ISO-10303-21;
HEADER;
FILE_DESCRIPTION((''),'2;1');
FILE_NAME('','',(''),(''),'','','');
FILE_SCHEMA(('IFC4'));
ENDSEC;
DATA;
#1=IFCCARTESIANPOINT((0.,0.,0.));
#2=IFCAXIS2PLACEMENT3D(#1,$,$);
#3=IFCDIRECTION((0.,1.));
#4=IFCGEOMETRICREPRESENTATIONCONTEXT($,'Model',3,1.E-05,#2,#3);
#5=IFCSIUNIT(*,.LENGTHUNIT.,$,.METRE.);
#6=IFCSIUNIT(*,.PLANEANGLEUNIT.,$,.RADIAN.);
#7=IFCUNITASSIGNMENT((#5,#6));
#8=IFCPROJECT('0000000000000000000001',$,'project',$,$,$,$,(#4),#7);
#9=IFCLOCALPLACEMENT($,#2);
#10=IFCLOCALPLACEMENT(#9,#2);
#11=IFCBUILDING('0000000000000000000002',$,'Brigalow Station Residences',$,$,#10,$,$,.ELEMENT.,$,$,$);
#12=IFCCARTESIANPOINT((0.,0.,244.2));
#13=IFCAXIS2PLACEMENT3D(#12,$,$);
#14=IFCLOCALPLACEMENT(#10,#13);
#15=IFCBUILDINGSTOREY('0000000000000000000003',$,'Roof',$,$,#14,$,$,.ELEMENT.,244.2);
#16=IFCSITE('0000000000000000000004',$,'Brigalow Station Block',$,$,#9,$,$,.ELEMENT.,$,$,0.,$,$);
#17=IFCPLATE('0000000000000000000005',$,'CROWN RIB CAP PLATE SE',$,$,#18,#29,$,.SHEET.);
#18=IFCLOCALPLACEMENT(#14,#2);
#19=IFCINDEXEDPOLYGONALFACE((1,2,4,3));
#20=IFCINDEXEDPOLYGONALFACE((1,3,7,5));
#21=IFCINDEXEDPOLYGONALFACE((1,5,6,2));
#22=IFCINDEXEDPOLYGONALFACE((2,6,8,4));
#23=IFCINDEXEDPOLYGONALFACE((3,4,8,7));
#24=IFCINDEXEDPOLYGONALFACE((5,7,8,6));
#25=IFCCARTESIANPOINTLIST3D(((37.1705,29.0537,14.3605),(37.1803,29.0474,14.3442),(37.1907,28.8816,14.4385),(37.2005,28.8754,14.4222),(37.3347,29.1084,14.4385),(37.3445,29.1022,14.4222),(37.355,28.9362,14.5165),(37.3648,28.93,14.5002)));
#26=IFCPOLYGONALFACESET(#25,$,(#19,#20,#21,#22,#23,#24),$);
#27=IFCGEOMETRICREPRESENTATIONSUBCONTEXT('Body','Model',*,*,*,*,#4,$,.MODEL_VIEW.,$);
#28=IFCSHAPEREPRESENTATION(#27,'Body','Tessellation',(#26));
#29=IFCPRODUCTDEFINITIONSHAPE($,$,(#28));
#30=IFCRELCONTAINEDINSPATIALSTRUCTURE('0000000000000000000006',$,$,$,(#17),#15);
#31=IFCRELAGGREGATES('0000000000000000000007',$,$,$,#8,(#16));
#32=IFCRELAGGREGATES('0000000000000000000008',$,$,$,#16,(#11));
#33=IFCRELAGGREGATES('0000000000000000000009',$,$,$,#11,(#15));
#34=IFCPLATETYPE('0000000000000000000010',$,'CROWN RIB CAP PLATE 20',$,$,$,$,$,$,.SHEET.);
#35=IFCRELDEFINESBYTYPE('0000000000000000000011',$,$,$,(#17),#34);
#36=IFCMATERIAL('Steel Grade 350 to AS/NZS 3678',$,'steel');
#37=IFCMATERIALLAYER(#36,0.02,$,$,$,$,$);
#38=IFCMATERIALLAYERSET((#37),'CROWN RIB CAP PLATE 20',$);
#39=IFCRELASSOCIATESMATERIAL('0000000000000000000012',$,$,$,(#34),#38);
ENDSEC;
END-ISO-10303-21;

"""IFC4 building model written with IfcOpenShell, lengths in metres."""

from ifc_helpers import new_model, si_unit, direction, frame, origin, place, context, subcontext, project, spatial, polyline, outline, extrude, material, layer, layer_set, type_object, element, save


model = new_model("IFC4")

# Units and contexts
model_context = context("Model", 3, precision=1e-05, world=origin(), true_north=direction((0.0, 1.0)))
body_context = subcontext(model_context, "Body", "Model", "MODEL_VIEW")
ifc_project = project(units=[si_unit("LENGTHUNIT", "METRE"), si_unit("PLANEANGLEUNIT", "RADIAN")], contexts=[model_context])

# Site, building, storey
site_placement = place(None, origin())
site = spatial("IfcSite", under=ifc_project, at=site_placement, Name="Brigalow Station Block", CompositionType="ELEMENT", RefElevation=0.0)
building_placement = place(site_placement, origin())
building = spatial("IfcBuilding", under=site, at=building_placement, Name="Brigalow Station Residences", CompositionType="ELEMENT")
storey_placement = place(building_placement, frame((0.0, 0.0, 244.2)))
storey = spatial("IfcBuildingStorey", under=building, at=storey_placement, Name="Roof", CompositionType="ELEMENT", Elevation=244.2)

# Plate
ifc_material_1 = material(Name="Steel Grade 350 to AS/NZS 3678", Category="steel")
ifc_layer_1 = layer(ifc_material_1, 0.02)
ifc_layer_set_1 = layer_set([ifc_layer_1], Name="CROWN RIB CAP PLATE 20")
plate_type_1 = type_object("IfcPlateType", Name="CROWN RIB CAP PLATE 20", PredefinedType="SHEET", material=ifc_layer_set_1)
plate_1_placement = place(storey_placement, frame((37.3347, 29.1084, 14.4385), z_axis=(-0.490126, 0.311275, 0.814177), x_axis=(-0.865081, -0.28818, -0.410594)))
element("IfcPlate", 1, at=plate_1_placement, inside=storey, type_object=plate_type_1, Name="CROWN RIB CAP PLATE SE", PredefinedType="SHEET", context=body_context, shape_type="SweptSolid", body=[
    extrude(outline(polyline([(0.0, 0.0), (0.1899, 0.0), (0.19, 0.19), (0.0, 0.1901), (0.0, 0.0)])), origin(), (0.0, 0.0, -1.0), 0.02),
])

save(model, "model.ifc")
